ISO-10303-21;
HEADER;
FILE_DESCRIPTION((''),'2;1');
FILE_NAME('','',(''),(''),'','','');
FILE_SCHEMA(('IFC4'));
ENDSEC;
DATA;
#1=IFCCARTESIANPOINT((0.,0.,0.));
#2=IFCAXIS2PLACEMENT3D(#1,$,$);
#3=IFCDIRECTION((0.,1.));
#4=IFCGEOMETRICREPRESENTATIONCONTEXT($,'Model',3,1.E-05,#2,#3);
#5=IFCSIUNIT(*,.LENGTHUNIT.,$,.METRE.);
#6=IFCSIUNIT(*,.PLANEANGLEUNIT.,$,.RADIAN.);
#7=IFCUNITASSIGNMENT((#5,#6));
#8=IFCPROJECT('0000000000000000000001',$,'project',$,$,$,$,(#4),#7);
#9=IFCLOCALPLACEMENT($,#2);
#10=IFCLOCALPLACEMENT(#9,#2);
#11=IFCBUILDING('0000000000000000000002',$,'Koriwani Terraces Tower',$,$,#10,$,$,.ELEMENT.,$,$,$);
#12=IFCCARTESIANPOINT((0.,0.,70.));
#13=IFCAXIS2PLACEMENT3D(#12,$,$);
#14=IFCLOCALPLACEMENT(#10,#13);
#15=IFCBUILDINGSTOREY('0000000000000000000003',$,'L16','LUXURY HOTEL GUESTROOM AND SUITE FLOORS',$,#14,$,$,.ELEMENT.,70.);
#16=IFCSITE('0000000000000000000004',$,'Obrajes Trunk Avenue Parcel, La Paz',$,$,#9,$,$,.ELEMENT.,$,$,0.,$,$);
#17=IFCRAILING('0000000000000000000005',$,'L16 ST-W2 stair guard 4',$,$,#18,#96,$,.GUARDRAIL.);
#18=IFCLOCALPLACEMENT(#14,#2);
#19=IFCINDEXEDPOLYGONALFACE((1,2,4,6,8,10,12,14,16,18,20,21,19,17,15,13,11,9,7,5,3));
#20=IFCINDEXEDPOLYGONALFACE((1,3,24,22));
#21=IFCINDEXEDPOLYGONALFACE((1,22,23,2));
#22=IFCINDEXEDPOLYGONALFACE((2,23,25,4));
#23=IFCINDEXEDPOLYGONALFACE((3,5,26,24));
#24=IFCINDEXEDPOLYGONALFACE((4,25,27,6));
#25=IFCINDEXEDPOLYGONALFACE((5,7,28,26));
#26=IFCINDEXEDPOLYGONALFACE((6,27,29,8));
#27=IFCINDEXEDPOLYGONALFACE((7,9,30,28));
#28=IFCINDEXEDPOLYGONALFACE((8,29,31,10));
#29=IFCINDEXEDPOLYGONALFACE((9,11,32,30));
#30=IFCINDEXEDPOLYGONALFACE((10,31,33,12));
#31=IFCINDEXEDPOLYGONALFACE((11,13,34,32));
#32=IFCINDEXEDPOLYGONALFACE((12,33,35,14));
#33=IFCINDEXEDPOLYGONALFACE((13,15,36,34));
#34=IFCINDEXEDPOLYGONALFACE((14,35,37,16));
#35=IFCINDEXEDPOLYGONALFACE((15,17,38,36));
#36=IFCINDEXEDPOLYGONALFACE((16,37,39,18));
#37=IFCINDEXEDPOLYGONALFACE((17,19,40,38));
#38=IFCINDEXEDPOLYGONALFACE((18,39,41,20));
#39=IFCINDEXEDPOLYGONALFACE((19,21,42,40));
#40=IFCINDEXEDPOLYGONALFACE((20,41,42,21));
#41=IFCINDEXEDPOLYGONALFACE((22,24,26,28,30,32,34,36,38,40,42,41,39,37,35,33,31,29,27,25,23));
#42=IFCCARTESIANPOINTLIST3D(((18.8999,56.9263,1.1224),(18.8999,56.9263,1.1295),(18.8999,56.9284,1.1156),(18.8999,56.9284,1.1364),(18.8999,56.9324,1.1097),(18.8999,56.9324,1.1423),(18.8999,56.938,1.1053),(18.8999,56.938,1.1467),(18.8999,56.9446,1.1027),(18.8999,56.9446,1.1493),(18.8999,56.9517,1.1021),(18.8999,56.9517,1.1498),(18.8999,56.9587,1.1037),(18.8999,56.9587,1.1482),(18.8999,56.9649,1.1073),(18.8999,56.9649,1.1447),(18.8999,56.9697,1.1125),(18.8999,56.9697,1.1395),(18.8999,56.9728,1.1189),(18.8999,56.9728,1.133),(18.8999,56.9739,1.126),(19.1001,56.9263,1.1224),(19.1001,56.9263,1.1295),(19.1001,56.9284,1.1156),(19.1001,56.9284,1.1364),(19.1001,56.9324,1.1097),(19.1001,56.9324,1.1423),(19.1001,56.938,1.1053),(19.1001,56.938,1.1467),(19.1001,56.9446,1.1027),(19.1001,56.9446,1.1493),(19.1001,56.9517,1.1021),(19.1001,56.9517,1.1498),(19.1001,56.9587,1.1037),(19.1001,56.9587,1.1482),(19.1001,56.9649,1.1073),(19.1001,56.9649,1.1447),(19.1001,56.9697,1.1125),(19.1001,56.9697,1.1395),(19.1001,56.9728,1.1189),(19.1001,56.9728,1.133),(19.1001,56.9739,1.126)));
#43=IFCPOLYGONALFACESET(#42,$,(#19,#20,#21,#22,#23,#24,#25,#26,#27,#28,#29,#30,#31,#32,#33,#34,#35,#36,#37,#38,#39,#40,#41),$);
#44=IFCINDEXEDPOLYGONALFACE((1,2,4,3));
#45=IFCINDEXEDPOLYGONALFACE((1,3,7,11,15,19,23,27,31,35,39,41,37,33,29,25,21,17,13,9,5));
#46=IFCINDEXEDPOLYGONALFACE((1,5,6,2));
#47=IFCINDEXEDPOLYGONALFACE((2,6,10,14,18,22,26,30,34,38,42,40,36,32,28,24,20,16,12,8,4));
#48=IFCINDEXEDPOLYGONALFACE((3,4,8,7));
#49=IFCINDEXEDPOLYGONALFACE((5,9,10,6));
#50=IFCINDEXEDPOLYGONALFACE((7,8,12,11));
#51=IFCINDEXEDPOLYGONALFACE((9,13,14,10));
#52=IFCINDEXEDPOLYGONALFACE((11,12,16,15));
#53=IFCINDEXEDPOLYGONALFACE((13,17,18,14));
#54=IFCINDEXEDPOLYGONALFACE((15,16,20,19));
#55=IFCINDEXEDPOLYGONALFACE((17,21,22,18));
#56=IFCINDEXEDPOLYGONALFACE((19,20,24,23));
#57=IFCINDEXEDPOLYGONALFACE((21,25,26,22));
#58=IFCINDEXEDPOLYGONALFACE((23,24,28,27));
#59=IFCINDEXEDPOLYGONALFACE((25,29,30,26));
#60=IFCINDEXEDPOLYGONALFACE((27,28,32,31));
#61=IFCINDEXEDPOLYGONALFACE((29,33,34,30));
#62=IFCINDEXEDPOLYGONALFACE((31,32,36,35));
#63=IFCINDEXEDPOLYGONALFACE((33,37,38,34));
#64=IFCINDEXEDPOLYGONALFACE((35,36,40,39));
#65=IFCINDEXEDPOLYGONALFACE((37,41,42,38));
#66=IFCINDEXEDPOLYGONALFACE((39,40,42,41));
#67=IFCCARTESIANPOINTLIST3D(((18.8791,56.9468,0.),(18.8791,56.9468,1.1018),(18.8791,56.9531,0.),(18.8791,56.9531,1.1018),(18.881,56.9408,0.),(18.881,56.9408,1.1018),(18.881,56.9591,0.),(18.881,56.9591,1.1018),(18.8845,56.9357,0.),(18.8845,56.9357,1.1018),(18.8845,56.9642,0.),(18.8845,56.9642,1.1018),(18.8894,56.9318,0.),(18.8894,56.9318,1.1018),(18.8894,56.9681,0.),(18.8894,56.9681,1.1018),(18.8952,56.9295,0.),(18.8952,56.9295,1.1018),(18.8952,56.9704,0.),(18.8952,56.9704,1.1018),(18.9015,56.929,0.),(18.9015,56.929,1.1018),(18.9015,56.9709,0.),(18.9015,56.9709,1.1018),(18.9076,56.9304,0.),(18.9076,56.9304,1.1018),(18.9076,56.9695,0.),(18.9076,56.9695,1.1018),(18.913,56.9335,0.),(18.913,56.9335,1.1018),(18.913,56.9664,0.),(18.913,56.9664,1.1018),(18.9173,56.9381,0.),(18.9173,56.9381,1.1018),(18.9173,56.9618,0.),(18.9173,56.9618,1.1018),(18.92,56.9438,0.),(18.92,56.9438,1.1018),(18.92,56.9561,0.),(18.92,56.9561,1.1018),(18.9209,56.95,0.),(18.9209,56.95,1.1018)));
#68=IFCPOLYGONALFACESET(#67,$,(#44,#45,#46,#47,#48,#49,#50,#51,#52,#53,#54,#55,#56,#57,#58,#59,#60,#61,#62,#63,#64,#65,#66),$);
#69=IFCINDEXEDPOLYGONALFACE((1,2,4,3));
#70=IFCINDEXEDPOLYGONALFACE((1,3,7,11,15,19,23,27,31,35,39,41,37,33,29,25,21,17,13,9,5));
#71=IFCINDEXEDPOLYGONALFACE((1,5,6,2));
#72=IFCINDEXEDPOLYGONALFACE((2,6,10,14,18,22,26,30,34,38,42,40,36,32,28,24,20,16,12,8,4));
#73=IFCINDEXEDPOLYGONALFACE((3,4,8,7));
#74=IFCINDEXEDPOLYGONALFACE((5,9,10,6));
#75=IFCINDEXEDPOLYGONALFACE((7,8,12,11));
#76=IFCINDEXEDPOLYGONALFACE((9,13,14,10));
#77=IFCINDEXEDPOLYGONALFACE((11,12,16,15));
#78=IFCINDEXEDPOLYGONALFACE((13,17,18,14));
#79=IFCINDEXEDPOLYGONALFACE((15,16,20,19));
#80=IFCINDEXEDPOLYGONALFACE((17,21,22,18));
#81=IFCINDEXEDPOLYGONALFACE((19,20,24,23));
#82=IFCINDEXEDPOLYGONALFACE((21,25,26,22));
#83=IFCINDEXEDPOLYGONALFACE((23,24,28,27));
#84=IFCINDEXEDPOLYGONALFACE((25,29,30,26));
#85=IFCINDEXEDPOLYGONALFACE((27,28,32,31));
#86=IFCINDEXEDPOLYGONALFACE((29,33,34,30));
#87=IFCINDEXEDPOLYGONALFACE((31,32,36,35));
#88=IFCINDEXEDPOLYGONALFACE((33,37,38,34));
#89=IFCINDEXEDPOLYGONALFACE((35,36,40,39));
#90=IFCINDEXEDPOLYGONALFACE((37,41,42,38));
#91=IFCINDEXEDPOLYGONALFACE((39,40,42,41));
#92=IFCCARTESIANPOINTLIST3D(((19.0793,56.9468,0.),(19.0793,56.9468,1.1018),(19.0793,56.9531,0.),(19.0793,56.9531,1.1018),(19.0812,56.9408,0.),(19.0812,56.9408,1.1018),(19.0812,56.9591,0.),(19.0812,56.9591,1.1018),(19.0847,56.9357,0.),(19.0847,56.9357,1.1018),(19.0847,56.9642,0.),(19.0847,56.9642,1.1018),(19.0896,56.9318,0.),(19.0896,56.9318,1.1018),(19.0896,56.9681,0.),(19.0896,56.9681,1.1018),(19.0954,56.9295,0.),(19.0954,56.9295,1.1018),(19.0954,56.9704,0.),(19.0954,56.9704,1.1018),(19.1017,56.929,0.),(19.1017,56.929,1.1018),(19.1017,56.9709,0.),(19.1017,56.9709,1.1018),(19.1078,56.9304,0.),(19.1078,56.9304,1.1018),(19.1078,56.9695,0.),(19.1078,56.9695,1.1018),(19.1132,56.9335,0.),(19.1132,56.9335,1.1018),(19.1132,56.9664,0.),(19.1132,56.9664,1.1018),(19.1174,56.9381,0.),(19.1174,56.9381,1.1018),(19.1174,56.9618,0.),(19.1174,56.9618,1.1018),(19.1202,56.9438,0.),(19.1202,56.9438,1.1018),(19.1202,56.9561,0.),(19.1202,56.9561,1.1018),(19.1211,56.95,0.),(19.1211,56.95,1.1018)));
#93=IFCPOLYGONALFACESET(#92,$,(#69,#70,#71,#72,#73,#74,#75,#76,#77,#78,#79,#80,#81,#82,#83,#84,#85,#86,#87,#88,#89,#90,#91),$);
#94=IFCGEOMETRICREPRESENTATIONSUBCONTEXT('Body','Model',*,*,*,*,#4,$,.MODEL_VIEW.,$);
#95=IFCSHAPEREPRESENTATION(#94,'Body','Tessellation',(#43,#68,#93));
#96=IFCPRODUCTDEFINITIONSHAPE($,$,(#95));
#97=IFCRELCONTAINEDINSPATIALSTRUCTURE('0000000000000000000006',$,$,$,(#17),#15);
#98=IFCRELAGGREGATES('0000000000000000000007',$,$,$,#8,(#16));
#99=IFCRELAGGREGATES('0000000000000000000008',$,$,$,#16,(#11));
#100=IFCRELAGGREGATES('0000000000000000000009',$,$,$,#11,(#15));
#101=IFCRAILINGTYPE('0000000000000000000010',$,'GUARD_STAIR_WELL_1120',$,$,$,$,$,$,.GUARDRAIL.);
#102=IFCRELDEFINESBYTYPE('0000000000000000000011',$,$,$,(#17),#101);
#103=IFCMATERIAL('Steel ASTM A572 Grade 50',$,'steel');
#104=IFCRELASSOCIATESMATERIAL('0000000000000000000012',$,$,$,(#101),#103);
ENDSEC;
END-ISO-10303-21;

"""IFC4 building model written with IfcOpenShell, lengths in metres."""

from ifc_helpers import new_model, si_unit, direction, frame, origin, origin_2d, place, context, subcontext, project, spatial, circle, extrude, material, type_object, element, save


model = new_model("IFC4")

# Units and contexts
model_context = context("Model", 3, precision=1e-05, world=origin(), true_north=direction((0.0, 1.0)))
body_context = subcontext(model_context, "Body", "Model", "MODEL_VIEW")
ifc_project = project(units=[si_unit("LENGTHUNIT", "METRE"), si_unit("PLANEANGLEUNIT", "RADIAN")], contexts=[model_context])

# Site, building, storey
site_placement = place(None, origin())
site = spatial("IfcSite", under=ifc_project, at=site_placement, Name="Obrajes Trunk Avenue Parcel, La Paz", CompositionType="ELEMENT", RefElevation=0.0)
building_placement = place(site_placement, origin())
building = spatial("IfcBuilding", under=site, at=building_placement, Name="Koriwani Terraces Tower", CompositionType="ELEMENT")
storey_placement = place(building_placement, frame((0.0, 0.0, 70.0)))
storey = spatial("IfcBuildingStorey", under=building, at=storey_placement, Name="L16", Description="LUXURY HOTEL GUESTROOM AND SUITE FLOORS", CompositionType="ELEMENT", Elevation=70.0)

# Shared definitions
ifc_material_1 = material(Name="Steel ASTM A572 Grade 50", Category="steel")

# Railing
railing_type_1 = type_object("IfcRailingType", Name="GUARD_STAIR_WELL_1120", PredefinedType="GUARDRAIL", material=ifc_material_1)
railing_1_placement = place(storey_placement, frame((18.8999, 56.95, 0.0)))
element("IfcRailing", 1, at=railing_1_placement, inside=storey, type_object=railing_type_1, Name="L16 ST-W2 stair guard 4", PredefinedType="GUARDRAIL", context=body_context, shape_type="SweptSolid", body=[
    extrude(circle(Radius=0.0239, at=origin_2d()), frame((0.0, 0.0, 1.126), z_axis=(1.0, 0.0, 0.0), x_axis=(0.0, 1.0, 0.0)), (0.0, 0.0, 1.0), 0.2002),
    extrude(circle(Radius=0.021, at=origin_2d()), origin(), (0.0, 0.0, 1.0), 1.1018),
    extrude(circle(Radius=0.021, at=origin_2d()), frame((0.2002, 0.0, 0.0)), (0.0, 0.0, 1.0), 1.1018),
])

save(model, "model.ifc")
